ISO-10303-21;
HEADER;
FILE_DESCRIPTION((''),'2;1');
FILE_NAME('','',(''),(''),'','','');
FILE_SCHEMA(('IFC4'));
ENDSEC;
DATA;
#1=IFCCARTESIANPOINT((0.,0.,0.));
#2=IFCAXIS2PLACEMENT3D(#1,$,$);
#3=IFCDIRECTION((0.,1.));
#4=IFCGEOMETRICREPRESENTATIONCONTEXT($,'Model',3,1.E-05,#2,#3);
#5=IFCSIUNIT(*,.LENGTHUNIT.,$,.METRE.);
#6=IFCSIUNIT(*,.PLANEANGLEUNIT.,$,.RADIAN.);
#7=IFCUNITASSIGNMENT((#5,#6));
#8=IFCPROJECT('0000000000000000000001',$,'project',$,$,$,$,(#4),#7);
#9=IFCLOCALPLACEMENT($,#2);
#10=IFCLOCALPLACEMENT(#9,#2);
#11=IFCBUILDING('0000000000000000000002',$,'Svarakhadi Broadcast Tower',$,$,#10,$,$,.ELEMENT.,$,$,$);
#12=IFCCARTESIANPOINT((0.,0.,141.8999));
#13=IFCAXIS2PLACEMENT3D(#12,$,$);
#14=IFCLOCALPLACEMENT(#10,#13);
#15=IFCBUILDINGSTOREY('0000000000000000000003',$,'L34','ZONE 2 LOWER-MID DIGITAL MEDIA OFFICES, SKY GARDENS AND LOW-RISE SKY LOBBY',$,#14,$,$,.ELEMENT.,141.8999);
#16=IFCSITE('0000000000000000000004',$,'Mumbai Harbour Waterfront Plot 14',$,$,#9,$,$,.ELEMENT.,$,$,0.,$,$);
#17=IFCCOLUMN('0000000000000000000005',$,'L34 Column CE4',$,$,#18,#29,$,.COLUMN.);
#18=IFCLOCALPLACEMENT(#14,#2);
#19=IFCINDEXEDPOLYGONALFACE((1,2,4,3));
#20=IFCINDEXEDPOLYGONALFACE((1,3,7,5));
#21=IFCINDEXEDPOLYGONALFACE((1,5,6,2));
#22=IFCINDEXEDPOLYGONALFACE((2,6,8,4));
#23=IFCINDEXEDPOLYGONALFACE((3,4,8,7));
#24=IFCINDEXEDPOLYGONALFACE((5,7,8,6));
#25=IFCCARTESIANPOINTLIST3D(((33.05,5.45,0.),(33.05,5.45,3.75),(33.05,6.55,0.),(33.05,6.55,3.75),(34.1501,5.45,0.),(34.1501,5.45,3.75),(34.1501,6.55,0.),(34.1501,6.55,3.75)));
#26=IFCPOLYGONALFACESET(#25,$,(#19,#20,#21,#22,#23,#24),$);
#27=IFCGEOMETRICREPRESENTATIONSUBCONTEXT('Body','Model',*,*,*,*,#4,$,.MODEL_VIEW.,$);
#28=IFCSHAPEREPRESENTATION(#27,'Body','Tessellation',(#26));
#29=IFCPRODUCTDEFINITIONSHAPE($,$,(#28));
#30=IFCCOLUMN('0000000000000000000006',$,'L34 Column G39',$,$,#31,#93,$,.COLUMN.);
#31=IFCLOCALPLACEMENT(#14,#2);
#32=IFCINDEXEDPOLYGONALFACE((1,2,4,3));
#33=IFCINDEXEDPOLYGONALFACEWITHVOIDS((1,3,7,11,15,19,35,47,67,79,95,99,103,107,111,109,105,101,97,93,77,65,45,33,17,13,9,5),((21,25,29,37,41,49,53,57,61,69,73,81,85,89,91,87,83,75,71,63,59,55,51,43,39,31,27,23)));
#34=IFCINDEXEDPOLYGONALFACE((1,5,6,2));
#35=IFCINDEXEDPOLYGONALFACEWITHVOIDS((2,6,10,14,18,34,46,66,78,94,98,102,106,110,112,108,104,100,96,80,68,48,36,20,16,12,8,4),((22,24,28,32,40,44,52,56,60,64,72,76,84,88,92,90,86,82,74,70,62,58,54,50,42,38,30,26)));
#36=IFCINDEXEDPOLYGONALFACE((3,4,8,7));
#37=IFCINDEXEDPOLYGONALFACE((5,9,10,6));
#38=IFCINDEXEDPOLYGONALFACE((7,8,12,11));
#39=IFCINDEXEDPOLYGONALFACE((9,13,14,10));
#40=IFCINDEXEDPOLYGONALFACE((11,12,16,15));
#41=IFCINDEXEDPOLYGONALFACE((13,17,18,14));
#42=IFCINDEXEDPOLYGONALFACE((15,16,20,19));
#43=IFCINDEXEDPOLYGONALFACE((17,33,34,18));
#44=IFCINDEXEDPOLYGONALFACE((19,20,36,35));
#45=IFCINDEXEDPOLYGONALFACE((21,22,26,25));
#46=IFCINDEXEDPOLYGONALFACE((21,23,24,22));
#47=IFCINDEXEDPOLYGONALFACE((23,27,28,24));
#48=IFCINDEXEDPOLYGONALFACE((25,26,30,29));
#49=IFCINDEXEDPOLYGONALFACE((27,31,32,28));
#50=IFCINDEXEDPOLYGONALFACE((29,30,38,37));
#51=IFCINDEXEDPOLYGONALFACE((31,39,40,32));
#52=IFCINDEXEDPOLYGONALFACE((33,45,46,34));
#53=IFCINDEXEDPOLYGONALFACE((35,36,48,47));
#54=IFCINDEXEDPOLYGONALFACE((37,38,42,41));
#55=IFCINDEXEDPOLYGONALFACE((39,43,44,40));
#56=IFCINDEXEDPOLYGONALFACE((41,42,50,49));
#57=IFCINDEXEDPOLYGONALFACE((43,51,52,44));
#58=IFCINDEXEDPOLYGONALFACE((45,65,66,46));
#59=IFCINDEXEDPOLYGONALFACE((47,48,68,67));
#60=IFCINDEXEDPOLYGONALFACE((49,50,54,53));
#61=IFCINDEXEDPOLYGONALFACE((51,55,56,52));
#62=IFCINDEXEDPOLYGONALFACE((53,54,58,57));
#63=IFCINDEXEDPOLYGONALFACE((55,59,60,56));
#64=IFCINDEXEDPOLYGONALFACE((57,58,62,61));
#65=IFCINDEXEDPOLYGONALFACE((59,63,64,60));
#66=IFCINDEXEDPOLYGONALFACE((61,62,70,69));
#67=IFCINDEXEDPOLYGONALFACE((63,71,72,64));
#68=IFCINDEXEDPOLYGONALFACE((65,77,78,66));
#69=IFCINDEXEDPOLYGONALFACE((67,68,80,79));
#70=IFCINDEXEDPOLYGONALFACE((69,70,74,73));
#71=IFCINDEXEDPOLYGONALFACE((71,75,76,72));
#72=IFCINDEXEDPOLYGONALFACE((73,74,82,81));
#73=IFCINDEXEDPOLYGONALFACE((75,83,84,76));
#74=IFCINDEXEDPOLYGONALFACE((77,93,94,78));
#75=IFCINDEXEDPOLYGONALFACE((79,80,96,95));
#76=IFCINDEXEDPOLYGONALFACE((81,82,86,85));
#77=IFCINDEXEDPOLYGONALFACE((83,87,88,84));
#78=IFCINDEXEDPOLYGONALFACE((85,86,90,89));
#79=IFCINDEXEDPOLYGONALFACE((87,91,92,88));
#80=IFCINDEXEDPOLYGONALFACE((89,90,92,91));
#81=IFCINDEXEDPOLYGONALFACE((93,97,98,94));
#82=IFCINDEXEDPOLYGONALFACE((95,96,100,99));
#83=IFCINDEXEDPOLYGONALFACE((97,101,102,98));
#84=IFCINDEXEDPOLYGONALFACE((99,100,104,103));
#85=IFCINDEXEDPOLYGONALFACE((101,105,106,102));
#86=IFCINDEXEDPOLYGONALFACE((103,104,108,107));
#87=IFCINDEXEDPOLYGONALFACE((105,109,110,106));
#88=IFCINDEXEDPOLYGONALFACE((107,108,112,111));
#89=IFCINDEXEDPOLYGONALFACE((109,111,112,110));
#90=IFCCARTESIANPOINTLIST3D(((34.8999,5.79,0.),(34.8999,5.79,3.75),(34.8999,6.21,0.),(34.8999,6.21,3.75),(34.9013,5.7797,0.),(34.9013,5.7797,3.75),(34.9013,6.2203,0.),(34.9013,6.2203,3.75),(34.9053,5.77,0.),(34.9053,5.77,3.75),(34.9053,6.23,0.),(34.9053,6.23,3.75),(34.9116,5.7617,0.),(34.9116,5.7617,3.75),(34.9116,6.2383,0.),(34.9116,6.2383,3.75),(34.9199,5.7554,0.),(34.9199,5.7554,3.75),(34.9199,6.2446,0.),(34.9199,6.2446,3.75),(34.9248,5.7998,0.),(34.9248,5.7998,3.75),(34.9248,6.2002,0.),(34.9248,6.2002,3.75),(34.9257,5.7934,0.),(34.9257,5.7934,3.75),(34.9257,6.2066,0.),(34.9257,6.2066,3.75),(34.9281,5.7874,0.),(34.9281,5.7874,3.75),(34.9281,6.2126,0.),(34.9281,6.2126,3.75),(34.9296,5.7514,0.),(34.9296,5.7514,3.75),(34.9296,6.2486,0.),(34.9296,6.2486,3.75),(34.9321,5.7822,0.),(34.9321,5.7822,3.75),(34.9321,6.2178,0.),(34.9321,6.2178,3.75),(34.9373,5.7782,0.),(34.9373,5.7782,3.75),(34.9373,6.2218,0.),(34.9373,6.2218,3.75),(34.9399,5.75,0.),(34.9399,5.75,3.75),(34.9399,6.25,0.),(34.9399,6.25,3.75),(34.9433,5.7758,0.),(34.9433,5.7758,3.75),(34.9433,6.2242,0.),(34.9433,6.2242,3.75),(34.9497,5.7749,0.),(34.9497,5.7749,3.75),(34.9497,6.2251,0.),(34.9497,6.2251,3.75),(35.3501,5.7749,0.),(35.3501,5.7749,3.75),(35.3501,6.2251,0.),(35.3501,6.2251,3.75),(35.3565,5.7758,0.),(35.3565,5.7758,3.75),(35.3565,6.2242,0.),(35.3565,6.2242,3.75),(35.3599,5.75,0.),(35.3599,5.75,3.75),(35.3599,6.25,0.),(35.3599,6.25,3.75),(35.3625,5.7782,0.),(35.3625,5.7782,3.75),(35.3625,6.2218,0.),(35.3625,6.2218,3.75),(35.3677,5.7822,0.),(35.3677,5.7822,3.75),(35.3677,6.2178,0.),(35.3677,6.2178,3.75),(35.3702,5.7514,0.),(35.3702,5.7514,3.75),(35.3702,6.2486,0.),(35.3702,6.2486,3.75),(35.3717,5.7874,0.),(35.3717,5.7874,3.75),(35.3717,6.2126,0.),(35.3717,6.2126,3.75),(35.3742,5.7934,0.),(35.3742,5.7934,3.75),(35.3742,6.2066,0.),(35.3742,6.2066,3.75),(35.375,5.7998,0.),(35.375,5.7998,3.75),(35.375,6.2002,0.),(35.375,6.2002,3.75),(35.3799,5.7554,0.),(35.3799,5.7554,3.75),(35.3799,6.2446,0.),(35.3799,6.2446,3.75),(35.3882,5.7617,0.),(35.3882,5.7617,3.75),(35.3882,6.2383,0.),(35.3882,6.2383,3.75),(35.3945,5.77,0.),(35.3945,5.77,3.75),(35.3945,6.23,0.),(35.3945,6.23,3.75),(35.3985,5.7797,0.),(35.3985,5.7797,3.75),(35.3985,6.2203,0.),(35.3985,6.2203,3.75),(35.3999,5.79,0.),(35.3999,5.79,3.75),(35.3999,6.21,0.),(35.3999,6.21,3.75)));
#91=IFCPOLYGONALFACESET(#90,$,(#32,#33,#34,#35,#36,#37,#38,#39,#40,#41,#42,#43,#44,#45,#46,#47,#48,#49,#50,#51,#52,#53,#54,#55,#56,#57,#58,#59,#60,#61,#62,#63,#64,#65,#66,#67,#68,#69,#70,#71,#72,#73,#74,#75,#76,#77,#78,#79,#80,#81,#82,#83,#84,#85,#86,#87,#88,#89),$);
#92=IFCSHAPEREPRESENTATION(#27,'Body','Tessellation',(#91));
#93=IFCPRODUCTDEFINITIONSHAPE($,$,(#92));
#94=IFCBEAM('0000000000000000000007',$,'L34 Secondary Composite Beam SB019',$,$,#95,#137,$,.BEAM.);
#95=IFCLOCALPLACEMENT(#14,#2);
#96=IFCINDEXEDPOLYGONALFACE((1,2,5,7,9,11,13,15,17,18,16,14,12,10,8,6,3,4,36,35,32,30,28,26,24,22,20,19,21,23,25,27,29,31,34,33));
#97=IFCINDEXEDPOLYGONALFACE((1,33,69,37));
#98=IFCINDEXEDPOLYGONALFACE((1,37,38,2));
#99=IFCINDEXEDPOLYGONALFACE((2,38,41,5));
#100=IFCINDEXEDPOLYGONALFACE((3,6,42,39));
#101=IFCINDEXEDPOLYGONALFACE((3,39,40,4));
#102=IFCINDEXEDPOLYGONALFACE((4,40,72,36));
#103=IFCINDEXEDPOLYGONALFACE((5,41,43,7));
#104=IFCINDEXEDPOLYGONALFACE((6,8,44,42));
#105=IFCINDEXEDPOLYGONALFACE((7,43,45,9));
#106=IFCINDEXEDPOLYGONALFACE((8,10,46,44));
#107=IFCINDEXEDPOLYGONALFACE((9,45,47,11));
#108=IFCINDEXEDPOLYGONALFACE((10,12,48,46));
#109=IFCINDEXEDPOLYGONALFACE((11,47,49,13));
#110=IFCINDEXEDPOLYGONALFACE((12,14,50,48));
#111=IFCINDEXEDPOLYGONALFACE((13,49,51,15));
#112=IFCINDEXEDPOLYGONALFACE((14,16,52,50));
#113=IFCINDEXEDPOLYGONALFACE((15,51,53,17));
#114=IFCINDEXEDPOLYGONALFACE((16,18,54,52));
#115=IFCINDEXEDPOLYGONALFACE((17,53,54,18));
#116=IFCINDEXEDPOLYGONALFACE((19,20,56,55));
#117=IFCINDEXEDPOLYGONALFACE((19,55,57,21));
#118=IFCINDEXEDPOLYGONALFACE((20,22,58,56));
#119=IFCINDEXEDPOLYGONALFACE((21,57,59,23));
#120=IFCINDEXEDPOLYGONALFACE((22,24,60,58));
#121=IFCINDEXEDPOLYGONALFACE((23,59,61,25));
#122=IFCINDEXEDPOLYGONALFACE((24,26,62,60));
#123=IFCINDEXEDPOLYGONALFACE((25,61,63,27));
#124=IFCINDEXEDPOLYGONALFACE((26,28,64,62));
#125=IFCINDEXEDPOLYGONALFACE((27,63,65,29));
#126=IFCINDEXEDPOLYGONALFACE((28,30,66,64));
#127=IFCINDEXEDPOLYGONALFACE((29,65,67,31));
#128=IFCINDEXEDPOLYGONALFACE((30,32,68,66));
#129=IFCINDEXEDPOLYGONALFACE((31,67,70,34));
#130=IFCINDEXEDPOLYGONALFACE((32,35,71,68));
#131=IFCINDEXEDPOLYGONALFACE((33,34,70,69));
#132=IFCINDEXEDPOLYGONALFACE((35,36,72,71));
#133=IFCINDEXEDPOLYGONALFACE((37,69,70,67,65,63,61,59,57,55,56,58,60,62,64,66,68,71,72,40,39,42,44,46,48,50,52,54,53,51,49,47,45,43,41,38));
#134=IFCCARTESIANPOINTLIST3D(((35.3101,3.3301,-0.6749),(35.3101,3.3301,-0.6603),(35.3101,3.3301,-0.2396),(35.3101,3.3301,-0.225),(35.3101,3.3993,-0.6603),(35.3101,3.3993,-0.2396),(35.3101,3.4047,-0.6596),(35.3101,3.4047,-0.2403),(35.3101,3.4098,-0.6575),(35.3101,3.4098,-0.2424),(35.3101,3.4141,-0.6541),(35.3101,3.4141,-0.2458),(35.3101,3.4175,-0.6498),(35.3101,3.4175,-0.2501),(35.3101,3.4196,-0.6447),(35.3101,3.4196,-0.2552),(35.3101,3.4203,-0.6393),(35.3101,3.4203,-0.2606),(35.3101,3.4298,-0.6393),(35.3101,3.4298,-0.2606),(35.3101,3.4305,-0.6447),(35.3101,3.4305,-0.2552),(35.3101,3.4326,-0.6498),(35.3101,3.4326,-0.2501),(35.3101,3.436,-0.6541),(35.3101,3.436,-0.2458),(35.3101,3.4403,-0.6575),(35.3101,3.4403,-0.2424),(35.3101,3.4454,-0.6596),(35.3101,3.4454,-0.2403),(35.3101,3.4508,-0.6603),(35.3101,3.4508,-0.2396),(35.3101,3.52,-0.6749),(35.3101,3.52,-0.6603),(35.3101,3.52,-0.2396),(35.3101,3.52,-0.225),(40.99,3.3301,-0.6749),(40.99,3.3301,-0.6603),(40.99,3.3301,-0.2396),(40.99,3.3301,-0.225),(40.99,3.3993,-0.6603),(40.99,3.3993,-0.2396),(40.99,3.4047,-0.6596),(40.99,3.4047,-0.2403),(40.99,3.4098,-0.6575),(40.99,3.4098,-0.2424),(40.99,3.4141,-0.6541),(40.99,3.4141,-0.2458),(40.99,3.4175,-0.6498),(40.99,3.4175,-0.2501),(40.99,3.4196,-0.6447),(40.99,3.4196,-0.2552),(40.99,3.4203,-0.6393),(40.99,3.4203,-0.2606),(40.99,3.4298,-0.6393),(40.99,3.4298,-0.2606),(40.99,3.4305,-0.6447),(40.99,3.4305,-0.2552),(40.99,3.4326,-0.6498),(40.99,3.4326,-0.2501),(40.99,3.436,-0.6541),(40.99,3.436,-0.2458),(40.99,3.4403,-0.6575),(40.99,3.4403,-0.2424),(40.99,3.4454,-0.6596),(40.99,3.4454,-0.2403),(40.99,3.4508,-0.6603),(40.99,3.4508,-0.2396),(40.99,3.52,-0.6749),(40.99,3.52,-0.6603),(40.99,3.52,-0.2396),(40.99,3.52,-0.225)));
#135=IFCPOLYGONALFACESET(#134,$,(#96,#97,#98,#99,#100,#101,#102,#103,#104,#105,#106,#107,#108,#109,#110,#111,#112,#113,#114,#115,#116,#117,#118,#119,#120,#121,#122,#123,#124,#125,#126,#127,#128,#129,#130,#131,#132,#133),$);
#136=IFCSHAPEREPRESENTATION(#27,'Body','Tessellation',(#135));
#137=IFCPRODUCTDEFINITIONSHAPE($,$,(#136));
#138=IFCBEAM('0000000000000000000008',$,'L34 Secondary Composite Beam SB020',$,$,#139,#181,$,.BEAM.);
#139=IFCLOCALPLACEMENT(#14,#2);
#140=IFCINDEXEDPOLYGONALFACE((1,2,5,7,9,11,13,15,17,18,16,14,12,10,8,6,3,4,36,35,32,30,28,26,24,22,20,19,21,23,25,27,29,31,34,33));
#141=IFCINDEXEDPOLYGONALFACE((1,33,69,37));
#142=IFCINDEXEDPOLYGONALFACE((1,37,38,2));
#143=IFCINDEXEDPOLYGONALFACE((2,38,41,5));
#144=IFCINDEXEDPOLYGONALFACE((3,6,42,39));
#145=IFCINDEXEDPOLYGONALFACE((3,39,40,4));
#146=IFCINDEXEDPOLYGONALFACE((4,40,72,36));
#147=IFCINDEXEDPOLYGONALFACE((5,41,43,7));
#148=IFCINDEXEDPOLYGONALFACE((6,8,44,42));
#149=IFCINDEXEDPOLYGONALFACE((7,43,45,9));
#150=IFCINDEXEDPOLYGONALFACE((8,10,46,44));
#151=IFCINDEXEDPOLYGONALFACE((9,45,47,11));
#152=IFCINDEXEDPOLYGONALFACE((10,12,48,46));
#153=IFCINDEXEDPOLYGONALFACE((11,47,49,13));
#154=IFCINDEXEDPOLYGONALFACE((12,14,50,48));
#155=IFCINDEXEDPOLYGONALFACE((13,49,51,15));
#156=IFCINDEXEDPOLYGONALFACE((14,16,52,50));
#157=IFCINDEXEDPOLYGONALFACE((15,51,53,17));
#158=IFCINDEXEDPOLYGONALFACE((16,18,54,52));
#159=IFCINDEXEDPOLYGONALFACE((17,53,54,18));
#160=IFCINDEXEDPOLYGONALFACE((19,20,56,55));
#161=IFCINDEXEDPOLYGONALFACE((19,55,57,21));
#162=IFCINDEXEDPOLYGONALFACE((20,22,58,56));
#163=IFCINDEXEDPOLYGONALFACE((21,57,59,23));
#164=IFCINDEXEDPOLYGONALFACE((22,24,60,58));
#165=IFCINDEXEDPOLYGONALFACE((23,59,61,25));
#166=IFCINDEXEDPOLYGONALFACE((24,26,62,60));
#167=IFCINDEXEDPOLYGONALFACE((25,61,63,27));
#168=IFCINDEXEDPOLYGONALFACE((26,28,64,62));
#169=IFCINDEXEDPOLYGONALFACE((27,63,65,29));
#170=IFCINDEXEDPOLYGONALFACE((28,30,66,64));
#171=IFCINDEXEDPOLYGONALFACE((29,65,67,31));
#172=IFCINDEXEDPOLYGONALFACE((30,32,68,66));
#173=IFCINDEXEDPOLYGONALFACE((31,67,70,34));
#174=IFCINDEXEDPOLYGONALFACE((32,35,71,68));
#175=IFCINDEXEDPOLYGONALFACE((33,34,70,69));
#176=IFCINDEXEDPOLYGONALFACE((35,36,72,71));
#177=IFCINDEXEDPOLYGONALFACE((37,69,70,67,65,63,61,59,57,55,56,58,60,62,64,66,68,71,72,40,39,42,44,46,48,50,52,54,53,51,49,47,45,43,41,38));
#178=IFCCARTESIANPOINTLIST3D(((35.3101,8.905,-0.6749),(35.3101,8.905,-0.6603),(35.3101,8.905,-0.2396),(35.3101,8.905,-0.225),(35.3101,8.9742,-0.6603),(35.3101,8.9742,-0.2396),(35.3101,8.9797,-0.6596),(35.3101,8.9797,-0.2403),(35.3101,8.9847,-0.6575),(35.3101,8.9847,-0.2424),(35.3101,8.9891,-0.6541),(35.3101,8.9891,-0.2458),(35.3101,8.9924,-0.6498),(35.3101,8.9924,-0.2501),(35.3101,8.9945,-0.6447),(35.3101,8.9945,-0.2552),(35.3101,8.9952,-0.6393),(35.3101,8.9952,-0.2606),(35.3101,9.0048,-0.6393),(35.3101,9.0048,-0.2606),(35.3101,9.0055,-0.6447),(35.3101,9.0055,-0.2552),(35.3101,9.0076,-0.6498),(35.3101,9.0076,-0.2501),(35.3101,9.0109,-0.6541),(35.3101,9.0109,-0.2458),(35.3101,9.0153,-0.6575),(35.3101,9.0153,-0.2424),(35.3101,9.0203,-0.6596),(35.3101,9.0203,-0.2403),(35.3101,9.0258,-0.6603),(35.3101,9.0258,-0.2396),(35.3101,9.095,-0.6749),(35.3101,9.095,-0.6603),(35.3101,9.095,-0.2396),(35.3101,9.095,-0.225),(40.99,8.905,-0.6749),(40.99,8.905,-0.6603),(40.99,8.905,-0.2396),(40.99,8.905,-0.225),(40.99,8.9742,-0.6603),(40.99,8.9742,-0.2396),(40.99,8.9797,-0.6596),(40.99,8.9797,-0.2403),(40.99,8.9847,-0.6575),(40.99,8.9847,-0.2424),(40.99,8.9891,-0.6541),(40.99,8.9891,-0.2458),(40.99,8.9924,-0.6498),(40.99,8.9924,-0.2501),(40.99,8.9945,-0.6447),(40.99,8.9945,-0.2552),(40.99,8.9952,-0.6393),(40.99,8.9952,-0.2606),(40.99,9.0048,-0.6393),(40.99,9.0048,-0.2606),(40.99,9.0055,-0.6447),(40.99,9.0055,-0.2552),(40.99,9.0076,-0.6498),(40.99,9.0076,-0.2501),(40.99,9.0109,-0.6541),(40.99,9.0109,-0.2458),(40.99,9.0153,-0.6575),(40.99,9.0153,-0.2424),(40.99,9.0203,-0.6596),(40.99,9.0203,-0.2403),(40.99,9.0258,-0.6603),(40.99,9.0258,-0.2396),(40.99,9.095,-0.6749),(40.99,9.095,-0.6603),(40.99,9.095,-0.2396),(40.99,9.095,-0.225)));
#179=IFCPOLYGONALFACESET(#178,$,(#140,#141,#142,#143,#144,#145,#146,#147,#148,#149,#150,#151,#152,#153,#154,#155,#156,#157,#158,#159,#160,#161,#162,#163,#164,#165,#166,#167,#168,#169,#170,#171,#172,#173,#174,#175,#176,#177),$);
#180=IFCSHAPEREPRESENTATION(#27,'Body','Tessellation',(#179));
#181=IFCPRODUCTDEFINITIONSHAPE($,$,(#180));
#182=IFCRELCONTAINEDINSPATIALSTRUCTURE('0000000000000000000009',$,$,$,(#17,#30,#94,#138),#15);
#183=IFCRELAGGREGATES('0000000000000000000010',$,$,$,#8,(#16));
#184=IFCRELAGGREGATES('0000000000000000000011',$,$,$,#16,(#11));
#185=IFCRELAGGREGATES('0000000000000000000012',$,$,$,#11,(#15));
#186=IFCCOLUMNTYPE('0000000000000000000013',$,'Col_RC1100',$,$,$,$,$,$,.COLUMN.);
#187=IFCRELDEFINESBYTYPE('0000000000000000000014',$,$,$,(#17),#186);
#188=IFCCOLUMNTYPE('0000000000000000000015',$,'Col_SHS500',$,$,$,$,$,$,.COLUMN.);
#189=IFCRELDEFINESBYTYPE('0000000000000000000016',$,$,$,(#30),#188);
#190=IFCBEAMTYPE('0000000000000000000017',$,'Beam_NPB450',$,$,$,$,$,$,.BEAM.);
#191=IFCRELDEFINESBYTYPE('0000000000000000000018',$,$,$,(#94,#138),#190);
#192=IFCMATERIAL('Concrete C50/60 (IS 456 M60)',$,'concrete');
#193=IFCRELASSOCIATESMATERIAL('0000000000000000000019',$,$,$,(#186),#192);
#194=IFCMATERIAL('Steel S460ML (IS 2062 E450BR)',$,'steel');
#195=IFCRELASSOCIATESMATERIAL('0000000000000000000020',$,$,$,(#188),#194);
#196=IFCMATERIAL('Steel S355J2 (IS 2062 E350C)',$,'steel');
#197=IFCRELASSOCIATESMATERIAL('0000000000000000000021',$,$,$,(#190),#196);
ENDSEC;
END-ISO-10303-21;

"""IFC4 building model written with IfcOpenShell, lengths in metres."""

from ifc_helpers import new_model, si_unit, direction, frame, origin, origin_2d, place, context, subcontext, project, spatial, rectangle, hollow_rectangle, i_section, extrude, material, material_profile, profile_set, type_object, element, save


model = new_model("IFC4")

# Units and contexts
model_context = context("Model", 3, precision=1e-05, world=origin(), true_north=direction((0.0, 1.0)))
body_context = subcontext(model_context, "Body", "Model", "MODEL_VIEW")
ifc_project = project(units=[si_unit("LENGTHUNIT", "METRE"), si_unit("PLANEANGLEUNIT", "RADIAN")], contexts=[model_context])

# Site, building, storey
site_placement = place(None, origin())
site = spatial("IfcSite", under=ifc_project, at=site_placement, Name="Mumbai Harbour Waterfront Plot 14", CompositionType="ELEMENT", RefElevation=0.0)
building_placement = place(site_placement, origin())
building = spatial("IfcBuilding", under=site, at=building_placement, Name="Svarakhadi Broadcast Tower", CompositionType="ELEMENT")
storey_placement = place(building_placement, frame((0.0, 0.0, 141.8999)))
storey = spatial("IfcBuildingStorey", under=building, at=storey_placement, Name="L34", Description="ZONE 2 LOWER-MID DIGITAL MEDIA OFFICES, SKY GARDENS AND LOW-RISE SKY LOBBY", CompositionType="ELEMENT", Elevation=141.8999)

# Columns
ifc_material_1 = material(Name="Concrete C50/60 (IS 456 M60)", Category="concrete")
ifc_material_profile_1 = material_profile(ifc_material_1, rectangle(XDim=1.1001, YDim=1.1001, at=origin_2d()), Name="RC 1100x1100")
ifc_profile_set_1 = profile_set([ifc_material_profile_1], Name="Concrete C50/60 (IS 456 M60)")
column_type_1 = type_object("IfcColumnType", Name="Col_RC1100", PredefinedType="COLUMN", material=ifc_profile_set_1)
column_1_placement = place(storey_placement, frame((33.6001, 6.0, 0.0), z_axis=(0.0, 0.0, 1.0), x_axis=(1.0, 0.0, 0.0)))
element("IfcColumn", 1, at=column_1_placement, inside=storey, type_object=column_type_1, Name="L34 Column CE4", PredefinedType="COLUMN", context=body_context, shape_type="SweptSolid", body=[
    extrude(rectangle(XDim=1.1001, YDim=1.1001, at=origin_2d()), origin(), (0.0, 0.0, 1.0), 3.75),
])
ifc_material_2 = material(Name="Steel S460ML (IS 2062 E450BR)", Category="steel")
ifc_material_profile_2 = material_profile(ifc_material_2, hollow_rectangle(XDim=0.5, YDim=0.5, WallThickness=0.0249, InnerFilletRadius=0.0249, OuterFilletRadius=0.04, at=origin_2d()), Name="SHS 500x500x25")
ifc_profile_set_2 = profile_set([ifc_material_profile_2], Name="Steel S460ML (IS 2062 E450BR)")
column_type_2 = type_object("IfcColumnType", Name="Col_SHS500", PredefinedType="COLUMN", material=ifc_profile_set_2)
column_2_placement = place(storey_placement, frame((35.1499, 6.0, 0.0), z_axis=(0.0, 0.0, 1.0), x_axis=(1.0, 0.0, 0.0)))
element("IfcColumn", 2, at=column_2_placement, inside=storey, type_object=column_type_2, Name="L34 Column G39", PredefinedType="COLUMN", context=body_context, shape_type="SweptSolid", body=[
    extrude(hollow_rectangle(XDim=0.5, YDim=0.5, WallThickness=0.0249, InnerFilletRadius=0.0249, OuterFilletRadius=0.04, at=origin_2d()), origin(), (0.0, 0.0, 1.0), 3.75),
])

# Beams
ifc_material_3 = material(Name="Steel S355J2 (IS 2062 E350C)", Category="steel")
ifc_material_profile_3 = material_profile(ifc_material_3, i_section(OverallWidth=0.1899, OverallDepth=0.45, WebThickness=0.0095, FlangeThickness=0.0146, FilletRadius=0.021, at=origin_2d()), Name="NPB 450x190x78")
ifc_profile_set_3 = profile_set([ifc_material_profile_3], Name="Steel S355J2 (IS 2062 E350C)")
beam_type_1 = type_object("IfcBeamType", Name="Beam_NPB450", PredefinedType="BEAM", material=ifc_profile_set_3)
for number, where, z_axis, x_axis, name in (
    (3, (35.3101, 3.425, -0.45), (1.0, 0.0, 0.0), (0.0, 1.0, 0.0), "L34 Secondary Composite Beam SB019"),
    (4, (35.3101, 9.0, -0.45), (1.0, 0.0, 0.0), (0.0, 1.0, 0.0), "L34 Secondary Composite Beam SB020"),
):
    element("IfcBeam", number, at=place(storey_placement, frame(where, z_axis=z_axis, x_axis=x_axis)), inside=storey, type_object=beam_type_1, Name=name, PredefinedType="BEAM", context=body_context, shape_type="SweptSolid", body=[
        extrude(i_section(OverallWidth=0.1899, OverallDepth=0.45, WebThickness=0.0095, FlangeThickness=0.0146, FilletRadius=0.021, at=origin_2d()), origin(), (0.0, 0.0, 1.0), 5.6799),
    ])

save(model, "model.ifc")
